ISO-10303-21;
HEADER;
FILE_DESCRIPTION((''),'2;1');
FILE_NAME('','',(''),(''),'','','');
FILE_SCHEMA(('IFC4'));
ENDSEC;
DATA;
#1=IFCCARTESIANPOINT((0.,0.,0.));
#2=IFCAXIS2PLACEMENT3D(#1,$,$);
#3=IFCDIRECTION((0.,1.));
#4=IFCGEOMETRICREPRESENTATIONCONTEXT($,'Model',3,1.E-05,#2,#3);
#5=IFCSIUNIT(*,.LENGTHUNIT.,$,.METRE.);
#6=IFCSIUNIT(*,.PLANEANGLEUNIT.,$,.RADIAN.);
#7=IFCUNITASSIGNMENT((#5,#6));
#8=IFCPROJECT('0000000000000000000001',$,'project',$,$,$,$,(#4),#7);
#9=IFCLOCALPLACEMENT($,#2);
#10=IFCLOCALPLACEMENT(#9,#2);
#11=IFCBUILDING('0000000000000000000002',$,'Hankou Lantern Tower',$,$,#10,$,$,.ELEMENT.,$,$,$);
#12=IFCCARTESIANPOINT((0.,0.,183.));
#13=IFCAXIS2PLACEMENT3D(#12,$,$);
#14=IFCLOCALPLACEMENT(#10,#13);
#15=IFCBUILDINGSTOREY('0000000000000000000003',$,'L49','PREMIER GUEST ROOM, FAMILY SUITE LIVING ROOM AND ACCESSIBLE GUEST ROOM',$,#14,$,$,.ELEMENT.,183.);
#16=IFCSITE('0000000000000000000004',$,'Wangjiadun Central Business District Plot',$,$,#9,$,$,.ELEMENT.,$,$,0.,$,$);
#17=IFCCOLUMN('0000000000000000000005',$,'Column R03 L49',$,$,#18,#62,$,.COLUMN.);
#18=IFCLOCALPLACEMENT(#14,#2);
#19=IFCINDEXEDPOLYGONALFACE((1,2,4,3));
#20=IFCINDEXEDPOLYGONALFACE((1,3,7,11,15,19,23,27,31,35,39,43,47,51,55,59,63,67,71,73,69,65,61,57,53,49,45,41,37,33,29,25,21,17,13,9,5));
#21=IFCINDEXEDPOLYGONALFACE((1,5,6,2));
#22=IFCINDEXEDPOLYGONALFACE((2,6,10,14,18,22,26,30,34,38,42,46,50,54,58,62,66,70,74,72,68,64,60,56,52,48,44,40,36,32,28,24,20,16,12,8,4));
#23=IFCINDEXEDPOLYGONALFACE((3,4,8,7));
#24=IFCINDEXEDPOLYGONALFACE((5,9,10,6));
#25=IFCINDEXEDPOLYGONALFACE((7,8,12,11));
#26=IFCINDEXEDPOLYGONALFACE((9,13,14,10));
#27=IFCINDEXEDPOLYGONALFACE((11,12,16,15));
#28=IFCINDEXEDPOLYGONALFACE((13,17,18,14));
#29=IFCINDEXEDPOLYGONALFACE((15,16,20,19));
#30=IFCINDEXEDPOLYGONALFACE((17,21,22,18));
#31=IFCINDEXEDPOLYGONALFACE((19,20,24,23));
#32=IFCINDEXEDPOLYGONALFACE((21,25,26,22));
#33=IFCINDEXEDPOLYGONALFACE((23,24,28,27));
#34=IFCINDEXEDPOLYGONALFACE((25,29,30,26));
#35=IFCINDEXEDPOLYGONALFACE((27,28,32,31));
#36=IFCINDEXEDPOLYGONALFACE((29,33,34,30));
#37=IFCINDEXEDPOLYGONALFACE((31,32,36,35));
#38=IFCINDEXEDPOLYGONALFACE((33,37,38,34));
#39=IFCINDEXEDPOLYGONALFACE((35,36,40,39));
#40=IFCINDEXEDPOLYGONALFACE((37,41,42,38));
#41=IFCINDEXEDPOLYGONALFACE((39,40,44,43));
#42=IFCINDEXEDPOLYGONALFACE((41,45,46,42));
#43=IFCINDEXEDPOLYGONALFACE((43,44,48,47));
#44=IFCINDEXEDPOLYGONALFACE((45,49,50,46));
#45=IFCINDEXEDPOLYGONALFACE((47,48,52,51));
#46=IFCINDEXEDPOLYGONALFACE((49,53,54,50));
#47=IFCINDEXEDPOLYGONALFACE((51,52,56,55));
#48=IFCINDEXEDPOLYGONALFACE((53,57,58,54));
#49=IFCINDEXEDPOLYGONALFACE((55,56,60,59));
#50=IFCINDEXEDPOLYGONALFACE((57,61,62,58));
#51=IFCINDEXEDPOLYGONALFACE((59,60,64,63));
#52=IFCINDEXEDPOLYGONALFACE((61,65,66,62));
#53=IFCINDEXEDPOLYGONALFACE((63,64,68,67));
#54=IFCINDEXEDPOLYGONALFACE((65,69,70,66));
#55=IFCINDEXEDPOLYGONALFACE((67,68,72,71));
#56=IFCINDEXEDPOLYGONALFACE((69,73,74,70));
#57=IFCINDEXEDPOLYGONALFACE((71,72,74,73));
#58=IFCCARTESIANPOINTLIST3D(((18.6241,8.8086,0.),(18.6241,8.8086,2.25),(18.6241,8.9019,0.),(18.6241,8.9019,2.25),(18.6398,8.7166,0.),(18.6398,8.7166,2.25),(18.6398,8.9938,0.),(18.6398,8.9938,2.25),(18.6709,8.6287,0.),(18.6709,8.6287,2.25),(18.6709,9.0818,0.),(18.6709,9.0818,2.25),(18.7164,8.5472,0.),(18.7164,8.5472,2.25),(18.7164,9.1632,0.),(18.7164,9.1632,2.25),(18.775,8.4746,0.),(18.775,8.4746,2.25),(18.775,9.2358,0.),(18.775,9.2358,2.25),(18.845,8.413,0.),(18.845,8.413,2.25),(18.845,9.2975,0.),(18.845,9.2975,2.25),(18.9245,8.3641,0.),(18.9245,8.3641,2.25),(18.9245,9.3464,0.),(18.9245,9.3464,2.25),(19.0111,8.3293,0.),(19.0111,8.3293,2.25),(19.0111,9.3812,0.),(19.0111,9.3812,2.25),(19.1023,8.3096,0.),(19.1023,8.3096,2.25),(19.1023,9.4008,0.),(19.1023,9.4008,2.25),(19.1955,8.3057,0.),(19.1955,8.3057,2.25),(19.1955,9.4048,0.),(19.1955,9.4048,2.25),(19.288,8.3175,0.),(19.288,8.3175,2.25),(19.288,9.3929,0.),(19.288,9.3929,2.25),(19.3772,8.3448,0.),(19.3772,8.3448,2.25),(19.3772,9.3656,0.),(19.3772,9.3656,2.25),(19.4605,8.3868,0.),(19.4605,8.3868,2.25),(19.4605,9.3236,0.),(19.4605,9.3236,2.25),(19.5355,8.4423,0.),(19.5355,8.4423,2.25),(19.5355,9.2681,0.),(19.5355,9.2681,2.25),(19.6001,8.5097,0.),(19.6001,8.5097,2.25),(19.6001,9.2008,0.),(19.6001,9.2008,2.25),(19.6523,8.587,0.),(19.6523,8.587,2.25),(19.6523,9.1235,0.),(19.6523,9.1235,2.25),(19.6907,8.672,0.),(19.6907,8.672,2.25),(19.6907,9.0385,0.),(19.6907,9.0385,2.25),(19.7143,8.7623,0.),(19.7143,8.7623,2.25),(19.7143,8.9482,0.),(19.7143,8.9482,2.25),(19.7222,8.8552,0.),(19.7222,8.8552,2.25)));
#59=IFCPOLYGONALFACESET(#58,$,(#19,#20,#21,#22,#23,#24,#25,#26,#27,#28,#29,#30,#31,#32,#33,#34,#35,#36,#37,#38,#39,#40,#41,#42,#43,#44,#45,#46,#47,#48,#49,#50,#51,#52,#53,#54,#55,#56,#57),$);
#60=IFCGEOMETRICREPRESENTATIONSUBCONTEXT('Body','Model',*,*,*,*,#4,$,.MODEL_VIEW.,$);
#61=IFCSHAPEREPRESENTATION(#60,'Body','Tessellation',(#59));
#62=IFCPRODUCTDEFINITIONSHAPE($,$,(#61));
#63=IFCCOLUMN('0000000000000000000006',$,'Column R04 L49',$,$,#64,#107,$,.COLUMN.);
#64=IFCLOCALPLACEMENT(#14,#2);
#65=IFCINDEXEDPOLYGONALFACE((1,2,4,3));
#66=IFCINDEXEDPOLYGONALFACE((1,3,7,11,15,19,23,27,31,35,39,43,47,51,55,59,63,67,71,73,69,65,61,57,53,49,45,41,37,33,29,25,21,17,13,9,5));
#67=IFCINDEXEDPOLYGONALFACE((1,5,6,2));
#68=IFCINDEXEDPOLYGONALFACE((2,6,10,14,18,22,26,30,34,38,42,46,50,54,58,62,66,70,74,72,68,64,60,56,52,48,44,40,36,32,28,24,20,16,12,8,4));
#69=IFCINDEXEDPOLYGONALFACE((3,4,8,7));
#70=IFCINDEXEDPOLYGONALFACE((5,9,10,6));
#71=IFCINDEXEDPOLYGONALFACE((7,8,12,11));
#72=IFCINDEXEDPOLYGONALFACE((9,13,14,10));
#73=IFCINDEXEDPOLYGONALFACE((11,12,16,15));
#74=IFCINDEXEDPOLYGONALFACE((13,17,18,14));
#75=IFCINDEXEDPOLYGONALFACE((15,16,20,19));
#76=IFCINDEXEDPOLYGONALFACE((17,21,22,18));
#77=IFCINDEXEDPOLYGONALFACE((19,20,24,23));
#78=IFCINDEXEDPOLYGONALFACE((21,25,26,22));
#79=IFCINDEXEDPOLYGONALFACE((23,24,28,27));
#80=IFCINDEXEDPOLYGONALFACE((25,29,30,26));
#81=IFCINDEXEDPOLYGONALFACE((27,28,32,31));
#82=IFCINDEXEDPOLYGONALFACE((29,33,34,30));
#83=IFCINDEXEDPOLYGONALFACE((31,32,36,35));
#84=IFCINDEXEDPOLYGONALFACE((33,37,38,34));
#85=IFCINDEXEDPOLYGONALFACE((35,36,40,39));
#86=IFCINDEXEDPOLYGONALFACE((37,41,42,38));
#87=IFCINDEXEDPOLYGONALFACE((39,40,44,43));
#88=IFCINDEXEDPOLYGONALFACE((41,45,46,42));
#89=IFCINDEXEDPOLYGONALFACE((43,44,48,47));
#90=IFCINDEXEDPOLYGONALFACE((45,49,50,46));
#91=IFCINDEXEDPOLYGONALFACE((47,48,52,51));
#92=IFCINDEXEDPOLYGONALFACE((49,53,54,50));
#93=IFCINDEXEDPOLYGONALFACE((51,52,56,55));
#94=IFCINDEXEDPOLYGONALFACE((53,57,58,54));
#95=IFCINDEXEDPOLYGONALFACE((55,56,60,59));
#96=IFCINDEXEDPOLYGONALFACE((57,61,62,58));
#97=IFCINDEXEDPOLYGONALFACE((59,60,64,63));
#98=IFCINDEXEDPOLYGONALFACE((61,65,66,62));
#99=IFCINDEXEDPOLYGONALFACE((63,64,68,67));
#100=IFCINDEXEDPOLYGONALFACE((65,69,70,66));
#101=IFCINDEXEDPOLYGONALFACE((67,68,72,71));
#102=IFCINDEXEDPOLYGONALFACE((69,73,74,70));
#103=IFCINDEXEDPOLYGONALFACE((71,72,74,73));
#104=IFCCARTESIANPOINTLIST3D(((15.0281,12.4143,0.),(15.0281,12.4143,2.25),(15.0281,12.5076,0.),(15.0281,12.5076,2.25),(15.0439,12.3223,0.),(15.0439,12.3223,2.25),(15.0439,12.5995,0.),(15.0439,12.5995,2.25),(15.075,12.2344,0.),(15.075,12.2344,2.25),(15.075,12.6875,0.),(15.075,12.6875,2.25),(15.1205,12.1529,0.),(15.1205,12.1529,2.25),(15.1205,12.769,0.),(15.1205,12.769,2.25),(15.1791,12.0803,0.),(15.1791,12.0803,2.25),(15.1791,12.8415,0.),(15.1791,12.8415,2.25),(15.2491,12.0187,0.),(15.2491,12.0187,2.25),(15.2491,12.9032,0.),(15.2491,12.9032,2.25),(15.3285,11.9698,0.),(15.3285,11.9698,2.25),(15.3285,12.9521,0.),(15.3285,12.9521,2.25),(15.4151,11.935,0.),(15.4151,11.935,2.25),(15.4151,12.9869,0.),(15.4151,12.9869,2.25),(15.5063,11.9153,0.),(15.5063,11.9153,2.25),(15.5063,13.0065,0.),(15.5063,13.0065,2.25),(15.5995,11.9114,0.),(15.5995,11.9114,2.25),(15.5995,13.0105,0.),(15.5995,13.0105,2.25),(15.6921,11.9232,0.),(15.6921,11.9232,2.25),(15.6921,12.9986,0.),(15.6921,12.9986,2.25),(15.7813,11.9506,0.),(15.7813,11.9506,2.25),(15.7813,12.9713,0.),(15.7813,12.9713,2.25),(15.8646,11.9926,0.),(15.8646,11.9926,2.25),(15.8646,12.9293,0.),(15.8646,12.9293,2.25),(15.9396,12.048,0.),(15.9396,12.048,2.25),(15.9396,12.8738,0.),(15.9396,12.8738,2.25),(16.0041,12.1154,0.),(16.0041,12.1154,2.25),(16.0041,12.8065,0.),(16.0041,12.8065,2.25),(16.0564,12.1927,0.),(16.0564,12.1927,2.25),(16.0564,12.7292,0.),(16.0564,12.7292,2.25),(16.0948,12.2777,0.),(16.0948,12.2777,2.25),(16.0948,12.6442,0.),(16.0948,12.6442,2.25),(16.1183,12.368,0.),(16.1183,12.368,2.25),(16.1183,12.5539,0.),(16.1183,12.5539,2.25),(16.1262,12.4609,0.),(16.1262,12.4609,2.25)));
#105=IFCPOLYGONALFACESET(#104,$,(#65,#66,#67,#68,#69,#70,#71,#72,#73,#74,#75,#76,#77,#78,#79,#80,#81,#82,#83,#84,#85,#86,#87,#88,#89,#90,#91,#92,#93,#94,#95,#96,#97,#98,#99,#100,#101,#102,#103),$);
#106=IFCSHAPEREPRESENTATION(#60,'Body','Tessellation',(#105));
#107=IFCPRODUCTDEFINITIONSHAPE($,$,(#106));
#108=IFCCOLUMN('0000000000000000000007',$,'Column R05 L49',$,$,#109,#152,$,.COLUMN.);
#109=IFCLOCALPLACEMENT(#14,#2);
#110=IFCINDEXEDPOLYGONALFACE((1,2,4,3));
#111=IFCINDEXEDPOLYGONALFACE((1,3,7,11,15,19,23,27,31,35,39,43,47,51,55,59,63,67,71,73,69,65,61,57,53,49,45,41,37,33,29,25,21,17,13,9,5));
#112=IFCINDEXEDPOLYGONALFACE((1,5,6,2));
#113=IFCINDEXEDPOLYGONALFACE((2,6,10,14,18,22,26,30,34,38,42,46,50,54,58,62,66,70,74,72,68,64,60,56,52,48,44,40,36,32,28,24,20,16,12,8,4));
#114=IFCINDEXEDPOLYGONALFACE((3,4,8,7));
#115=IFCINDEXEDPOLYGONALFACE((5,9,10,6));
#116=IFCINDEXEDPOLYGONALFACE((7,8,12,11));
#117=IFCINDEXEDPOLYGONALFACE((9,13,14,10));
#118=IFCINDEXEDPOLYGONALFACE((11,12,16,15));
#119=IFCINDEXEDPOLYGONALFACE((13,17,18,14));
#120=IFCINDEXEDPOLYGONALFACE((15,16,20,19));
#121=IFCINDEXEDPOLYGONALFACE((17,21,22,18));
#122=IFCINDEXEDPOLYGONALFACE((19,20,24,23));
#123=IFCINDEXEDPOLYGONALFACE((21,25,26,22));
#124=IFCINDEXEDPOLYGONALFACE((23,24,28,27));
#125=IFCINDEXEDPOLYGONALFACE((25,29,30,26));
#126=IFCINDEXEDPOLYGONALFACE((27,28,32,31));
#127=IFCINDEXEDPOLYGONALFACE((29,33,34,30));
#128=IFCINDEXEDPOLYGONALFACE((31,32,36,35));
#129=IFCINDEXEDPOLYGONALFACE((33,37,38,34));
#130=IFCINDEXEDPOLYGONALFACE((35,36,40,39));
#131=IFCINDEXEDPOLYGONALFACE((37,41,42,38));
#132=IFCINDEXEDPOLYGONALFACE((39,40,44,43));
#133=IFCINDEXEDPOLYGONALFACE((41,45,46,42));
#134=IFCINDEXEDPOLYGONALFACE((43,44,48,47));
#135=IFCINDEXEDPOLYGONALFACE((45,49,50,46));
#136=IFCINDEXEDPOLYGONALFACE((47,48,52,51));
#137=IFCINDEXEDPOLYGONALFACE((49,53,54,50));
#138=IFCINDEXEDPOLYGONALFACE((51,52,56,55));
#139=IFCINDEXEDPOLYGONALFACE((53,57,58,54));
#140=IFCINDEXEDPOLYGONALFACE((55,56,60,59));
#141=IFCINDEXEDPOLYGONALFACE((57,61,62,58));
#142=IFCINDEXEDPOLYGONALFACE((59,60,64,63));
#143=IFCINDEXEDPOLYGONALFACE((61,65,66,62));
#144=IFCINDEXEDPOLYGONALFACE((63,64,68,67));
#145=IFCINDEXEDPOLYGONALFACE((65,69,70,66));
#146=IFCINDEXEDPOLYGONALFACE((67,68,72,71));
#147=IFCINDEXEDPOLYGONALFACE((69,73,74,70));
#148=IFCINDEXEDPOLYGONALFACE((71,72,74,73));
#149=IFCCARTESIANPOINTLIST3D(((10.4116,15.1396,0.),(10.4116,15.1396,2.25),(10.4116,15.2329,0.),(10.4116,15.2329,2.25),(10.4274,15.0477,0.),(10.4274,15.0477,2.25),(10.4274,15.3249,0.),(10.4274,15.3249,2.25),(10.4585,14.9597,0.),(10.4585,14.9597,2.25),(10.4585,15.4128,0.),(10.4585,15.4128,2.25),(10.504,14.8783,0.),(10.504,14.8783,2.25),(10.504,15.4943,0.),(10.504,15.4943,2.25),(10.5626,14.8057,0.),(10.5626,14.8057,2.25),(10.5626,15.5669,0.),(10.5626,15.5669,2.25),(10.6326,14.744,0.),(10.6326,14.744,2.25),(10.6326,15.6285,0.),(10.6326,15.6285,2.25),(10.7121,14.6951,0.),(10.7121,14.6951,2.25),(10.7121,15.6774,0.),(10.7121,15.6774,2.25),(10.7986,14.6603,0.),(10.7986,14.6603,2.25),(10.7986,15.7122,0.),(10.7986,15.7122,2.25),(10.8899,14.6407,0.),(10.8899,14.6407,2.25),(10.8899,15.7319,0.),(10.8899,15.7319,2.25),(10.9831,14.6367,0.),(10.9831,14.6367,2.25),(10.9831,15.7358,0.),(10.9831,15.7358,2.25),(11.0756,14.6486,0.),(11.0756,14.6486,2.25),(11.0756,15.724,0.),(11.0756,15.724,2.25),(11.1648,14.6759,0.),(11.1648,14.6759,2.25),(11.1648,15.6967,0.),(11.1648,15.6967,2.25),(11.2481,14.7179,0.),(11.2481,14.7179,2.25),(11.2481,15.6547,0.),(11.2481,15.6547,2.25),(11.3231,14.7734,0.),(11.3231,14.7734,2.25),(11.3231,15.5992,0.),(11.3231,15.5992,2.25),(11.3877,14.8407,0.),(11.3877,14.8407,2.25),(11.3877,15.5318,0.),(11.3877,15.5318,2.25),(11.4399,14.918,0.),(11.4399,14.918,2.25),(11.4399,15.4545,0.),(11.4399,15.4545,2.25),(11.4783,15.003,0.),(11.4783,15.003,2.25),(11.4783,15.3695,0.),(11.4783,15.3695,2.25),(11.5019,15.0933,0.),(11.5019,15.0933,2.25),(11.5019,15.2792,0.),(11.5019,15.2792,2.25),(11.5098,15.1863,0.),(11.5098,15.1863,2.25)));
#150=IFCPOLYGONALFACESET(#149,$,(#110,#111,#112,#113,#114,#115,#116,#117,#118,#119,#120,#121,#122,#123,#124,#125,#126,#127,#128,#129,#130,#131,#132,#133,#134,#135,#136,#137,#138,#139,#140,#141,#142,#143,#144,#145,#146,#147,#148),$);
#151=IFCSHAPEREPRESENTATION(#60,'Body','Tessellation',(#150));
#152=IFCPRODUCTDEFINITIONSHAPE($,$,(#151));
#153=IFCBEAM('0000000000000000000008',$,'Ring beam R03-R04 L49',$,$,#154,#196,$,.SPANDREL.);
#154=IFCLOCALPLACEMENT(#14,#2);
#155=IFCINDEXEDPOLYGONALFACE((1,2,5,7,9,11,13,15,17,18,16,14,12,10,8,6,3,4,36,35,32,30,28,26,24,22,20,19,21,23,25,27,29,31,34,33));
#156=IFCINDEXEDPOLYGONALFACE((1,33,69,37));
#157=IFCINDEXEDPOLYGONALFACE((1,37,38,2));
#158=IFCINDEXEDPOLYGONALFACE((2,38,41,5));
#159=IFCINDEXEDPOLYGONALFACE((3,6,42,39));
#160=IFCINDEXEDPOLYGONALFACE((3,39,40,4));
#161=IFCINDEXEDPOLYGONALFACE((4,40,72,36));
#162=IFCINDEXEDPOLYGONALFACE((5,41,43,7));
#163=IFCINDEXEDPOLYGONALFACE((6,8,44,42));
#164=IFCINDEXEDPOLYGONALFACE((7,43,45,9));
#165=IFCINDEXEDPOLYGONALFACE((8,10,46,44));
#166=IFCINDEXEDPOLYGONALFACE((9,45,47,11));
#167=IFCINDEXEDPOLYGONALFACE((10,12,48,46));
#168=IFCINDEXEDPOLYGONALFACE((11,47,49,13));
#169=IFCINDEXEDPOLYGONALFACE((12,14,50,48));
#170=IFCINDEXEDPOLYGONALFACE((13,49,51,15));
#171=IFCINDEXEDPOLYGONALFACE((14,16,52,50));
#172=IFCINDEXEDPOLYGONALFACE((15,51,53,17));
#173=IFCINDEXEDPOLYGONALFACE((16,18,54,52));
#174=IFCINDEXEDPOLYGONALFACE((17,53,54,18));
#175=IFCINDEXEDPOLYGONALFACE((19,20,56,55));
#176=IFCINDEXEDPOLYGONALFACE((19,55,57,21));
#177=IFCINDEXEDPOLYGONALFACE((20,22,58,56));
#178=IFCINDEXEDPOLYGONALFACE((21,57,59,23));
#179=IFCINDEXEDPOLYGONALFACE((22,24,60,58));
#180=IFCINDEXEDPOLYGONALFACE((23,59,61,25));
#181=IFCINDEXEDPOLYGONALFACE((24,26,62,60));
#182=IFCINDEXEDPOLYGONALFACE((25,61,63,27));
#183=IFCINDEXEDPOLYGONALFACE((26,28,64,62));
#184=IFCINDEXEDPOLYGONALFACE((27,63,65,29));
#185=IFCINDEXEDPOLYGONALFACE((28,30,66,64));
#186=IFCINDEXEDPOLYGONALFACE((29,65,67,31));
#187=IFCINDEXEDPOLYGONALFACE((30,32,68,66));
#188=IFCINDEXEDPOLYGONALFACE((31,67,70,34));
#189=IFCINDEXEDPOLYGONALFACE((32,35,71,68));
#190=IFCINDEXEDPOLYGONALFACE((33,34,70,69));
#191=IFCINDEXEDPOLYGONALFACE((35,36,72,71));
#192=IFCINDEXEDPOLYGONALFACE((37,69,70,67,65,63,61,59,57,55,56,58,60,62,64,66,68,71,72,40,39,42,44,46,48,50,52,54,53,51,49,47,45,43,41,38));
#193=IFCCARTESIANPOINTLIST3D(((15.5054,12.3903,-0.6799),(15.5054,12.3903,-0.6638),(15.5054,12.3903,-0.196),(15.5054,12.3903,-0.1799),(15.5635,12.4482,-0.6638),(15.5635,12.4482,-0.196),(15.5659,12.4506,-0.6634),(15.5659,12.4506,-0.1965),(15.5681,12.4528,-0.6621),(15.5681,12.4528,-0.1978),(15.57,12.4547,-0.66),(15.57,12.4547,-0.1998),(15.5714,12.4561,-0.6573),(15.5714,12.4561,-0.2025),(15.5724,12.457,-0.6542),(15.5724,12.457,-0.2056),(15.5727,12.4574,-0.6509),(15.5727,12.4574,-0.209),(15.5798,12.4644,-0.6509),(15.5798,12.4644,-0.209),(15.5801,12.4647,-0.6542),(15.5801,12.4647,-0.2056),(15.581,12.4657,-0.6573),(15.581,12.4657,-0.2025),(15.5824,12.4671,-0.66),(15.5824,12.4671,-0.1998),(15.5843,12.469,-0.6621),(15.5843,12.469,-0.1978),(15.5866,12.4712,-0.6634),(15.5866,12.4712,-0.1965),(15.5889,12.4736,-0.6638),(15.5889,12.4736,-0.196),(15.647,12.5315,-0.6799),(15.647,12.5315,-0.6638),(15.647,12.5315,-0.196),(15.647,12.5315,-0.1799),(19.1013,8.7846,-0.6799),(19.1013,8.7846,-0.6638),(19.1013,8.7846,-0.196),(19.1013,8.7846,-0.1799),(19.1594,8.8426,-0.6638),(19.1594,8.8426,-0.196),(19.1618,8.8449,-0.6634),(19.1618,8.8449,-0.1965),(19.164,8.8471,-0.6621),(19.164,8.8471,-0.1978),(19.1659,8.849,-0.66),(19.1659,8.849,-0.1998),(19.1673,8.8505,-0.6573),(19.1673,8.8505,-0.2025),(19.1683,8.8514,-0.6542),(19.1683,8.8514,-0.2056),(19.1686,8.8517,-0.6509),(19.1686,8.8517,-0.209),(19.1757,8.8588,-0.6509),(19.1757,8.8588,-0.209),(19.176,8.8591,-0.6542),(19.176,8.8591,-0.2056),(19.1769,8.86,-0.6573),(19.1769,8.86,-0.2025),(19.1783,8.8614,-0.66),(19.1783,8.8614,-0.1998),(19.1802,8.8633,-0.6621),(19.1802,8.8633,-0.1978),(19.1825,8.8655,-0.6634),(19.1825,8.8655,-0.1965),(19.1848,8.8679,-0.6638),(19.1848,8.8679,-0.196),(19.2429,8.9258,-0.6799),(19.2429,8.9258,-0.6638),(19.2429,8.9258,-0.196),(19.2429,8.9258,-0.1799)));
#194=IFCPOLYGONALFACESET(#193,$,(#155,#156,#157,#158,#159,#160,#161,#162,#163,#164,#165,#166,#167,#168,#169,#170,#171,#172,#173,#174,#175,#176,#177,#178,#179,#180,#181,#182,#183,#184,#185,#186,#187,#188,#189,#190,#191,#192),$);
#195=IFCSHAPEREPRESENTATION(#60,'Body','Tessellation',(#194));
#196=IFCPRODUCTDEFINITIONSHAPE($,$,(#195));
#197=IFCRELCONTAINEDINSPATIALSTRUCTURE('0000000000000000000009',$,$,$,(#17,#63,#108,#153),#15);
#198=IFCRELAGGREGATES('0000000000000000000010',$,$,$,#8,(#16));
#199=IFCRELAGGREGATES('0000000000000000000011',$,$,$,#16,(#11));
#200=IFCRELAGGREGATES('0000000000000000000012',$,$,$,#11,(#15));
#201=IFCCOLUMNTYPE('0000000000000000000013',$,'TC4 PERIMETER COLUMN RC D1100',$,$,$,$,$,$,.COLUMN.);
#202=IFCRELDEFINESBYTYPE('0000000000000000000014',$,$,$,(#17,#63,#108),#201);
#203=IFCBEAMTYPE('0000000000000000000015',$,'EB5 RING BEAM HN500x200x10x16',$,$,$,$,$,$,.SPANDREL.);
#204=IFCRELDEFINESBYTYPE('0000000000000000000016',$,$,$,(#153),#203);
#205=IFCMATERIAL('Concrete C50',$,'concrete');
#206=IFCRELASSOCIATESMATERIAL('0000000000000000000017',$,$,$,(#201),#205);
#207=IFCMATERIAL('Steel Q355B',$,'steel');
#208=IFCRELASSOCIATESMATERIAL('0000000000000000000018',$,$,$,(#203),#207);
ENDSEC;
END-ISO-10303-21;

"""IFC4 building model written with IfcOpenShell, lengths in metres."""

from ifc_helpers import new_model, si_unit, direction, frame, origin, origin_2d, place, context, subcontext, project, spatial, circle, i_section, extrude, clip, halfspace, material, material_profile, profile_set, type_object, element, save


model = new_model("IFC4")

# Units and contexts
model_context = context("Model", 3, precision=1e-05, world=origin(), true_north=direction((0.0, 1.0)))
body_context = subcontext(model_context, "Body", "Model", "MODEL_VIEW")
ifc_project = project(units=[si_unit("LENGTHUNIT", "METRE"), si_unit("PLANEANGLEUNIT", "RADIAN")], contexts=[model_context])

# Site, building, storey
site_placement = place(None, origin())
site = spatial("IfcSite", under=ifc_project, at=site_placement, Name="Wangjiadun Central Business District Plot", CompositionType="ELEMENT", RefElevation=0.0)
building_placement = place(site_placement, origin())
building = spatial("IfcBuilding", under=site, at=building_placement, Name="Hankou Lantern Tower", CompositionType="ELEMENT")
storey_placement = place(building_placement, frame((0.0, 0.0, 183.0)))
storey = spatial("IfcBuildingStorey", under=building, at=storey_placement, Name="L49", Description="PREMIER GUEST ROOM, FAMILY SUITE LIVING ROOM AND ACCESSIBLE GUEST ROOM", CompositionType="ELEMENT", Elevation=183.0)

# Columns
ifc_material_1 = material(Name="Concrete C50", Category="concrete")
ifc_material_profile_1 = material_profile(ifc_material_1, circle(Radius=0.55, at=origin_2d()), Name="RC D1100")
ifc_profile_set_1 = profile_set([ifc_material_profile_1], Name="Concrete C50")
column_type = type_object("IfcColumnType", Name="TC4 PERIMETER COLUMN RC D1100", PredefinedType="COLUMN", material=ifc_profile_set_1)
for number, where, z_axis, x_axis, name in (
    (1, (19.1721, 8.8552, 0.0), (0.0, 0.0, 1.0), (1.0, 0.0, 0.0), "Column R03 L49"),
    (2, (15.5762, 12.4609, 0.0), (0.0, 0.0, 1.0), (1.0, 0.0, 0.0), "Column R04 L49"),
    (3, (10.9597, 15.1863, 0.0), (0.0, 0.0, 1.0), (1.0, 0.0, 0.0), "Column R05 L49"),
):
    element("IfcColumn", number, at=place(storey_placement, frame(where, z_axis=z_axis, x_axis=x_axis)), inside=storey, type_object=column_type, Name=name, PredefinedType="COLUMN", context=body_context, shape_type="Clipping", body=[
        clip(extrude(circle(Radius=0.55, at=origin_2d()), origin(), (0.0, 0.0, 1.0), 3.3), halfspace(frame((0.0, 0.0, 2.25), z_axis=(0.0, 0.0, 1.0), x_axis=(1.0, 0.0, 0.0)), False)),
    ])

# Beam
ifc_material_2 = material(Name="Steel Q355B", Category="steel")
ifc_material_profile_2 = material_profile(ifc_material_2, i_section(OverallWidth=0.2, OverallDepth=0.5, WebThickness=0.01, FlangeThickness=0.0161, FilletRadius=0.0129, at=origin_2d()), Name="HN500x200x10x16")
ifc_profile_set_2 = profile_set([ifc_material_profile_2], Name="Steel Q355B")
beam_type_1 = type_object("IfcBeamType", Name="EB5 RING BEAM HN500x200x10x16", PredefinedType="SPANDREL", material=ifc_profile_set_2)
beam_1_placement = place(storey_placement, frame((19.1721, 8.8552, -0.4299), z_axis=(-0.706147, 0.708065, 0.0), x_axis=(-0.708065, -0.706147, 0.0)))
element("IfcBeam", 4, at=beam_1_placement, inside=storey, type_object=beam_type_1, Name="Ring beam R03-R04 L49", PredefinedType="SPANDREL", context=body_context, shape_type="SweptSolid", body=[
    extrude(i_section(OverallWidth=0.2, OverallDepth=0.5, WebThickness=0.01, FlangeThickness=0.0161, FilletRadius=0.0129, at=origin_2d()), origin(), (0.0, 0.0, 1.0), 5.0923),
])

save(model, "model.ifc")
